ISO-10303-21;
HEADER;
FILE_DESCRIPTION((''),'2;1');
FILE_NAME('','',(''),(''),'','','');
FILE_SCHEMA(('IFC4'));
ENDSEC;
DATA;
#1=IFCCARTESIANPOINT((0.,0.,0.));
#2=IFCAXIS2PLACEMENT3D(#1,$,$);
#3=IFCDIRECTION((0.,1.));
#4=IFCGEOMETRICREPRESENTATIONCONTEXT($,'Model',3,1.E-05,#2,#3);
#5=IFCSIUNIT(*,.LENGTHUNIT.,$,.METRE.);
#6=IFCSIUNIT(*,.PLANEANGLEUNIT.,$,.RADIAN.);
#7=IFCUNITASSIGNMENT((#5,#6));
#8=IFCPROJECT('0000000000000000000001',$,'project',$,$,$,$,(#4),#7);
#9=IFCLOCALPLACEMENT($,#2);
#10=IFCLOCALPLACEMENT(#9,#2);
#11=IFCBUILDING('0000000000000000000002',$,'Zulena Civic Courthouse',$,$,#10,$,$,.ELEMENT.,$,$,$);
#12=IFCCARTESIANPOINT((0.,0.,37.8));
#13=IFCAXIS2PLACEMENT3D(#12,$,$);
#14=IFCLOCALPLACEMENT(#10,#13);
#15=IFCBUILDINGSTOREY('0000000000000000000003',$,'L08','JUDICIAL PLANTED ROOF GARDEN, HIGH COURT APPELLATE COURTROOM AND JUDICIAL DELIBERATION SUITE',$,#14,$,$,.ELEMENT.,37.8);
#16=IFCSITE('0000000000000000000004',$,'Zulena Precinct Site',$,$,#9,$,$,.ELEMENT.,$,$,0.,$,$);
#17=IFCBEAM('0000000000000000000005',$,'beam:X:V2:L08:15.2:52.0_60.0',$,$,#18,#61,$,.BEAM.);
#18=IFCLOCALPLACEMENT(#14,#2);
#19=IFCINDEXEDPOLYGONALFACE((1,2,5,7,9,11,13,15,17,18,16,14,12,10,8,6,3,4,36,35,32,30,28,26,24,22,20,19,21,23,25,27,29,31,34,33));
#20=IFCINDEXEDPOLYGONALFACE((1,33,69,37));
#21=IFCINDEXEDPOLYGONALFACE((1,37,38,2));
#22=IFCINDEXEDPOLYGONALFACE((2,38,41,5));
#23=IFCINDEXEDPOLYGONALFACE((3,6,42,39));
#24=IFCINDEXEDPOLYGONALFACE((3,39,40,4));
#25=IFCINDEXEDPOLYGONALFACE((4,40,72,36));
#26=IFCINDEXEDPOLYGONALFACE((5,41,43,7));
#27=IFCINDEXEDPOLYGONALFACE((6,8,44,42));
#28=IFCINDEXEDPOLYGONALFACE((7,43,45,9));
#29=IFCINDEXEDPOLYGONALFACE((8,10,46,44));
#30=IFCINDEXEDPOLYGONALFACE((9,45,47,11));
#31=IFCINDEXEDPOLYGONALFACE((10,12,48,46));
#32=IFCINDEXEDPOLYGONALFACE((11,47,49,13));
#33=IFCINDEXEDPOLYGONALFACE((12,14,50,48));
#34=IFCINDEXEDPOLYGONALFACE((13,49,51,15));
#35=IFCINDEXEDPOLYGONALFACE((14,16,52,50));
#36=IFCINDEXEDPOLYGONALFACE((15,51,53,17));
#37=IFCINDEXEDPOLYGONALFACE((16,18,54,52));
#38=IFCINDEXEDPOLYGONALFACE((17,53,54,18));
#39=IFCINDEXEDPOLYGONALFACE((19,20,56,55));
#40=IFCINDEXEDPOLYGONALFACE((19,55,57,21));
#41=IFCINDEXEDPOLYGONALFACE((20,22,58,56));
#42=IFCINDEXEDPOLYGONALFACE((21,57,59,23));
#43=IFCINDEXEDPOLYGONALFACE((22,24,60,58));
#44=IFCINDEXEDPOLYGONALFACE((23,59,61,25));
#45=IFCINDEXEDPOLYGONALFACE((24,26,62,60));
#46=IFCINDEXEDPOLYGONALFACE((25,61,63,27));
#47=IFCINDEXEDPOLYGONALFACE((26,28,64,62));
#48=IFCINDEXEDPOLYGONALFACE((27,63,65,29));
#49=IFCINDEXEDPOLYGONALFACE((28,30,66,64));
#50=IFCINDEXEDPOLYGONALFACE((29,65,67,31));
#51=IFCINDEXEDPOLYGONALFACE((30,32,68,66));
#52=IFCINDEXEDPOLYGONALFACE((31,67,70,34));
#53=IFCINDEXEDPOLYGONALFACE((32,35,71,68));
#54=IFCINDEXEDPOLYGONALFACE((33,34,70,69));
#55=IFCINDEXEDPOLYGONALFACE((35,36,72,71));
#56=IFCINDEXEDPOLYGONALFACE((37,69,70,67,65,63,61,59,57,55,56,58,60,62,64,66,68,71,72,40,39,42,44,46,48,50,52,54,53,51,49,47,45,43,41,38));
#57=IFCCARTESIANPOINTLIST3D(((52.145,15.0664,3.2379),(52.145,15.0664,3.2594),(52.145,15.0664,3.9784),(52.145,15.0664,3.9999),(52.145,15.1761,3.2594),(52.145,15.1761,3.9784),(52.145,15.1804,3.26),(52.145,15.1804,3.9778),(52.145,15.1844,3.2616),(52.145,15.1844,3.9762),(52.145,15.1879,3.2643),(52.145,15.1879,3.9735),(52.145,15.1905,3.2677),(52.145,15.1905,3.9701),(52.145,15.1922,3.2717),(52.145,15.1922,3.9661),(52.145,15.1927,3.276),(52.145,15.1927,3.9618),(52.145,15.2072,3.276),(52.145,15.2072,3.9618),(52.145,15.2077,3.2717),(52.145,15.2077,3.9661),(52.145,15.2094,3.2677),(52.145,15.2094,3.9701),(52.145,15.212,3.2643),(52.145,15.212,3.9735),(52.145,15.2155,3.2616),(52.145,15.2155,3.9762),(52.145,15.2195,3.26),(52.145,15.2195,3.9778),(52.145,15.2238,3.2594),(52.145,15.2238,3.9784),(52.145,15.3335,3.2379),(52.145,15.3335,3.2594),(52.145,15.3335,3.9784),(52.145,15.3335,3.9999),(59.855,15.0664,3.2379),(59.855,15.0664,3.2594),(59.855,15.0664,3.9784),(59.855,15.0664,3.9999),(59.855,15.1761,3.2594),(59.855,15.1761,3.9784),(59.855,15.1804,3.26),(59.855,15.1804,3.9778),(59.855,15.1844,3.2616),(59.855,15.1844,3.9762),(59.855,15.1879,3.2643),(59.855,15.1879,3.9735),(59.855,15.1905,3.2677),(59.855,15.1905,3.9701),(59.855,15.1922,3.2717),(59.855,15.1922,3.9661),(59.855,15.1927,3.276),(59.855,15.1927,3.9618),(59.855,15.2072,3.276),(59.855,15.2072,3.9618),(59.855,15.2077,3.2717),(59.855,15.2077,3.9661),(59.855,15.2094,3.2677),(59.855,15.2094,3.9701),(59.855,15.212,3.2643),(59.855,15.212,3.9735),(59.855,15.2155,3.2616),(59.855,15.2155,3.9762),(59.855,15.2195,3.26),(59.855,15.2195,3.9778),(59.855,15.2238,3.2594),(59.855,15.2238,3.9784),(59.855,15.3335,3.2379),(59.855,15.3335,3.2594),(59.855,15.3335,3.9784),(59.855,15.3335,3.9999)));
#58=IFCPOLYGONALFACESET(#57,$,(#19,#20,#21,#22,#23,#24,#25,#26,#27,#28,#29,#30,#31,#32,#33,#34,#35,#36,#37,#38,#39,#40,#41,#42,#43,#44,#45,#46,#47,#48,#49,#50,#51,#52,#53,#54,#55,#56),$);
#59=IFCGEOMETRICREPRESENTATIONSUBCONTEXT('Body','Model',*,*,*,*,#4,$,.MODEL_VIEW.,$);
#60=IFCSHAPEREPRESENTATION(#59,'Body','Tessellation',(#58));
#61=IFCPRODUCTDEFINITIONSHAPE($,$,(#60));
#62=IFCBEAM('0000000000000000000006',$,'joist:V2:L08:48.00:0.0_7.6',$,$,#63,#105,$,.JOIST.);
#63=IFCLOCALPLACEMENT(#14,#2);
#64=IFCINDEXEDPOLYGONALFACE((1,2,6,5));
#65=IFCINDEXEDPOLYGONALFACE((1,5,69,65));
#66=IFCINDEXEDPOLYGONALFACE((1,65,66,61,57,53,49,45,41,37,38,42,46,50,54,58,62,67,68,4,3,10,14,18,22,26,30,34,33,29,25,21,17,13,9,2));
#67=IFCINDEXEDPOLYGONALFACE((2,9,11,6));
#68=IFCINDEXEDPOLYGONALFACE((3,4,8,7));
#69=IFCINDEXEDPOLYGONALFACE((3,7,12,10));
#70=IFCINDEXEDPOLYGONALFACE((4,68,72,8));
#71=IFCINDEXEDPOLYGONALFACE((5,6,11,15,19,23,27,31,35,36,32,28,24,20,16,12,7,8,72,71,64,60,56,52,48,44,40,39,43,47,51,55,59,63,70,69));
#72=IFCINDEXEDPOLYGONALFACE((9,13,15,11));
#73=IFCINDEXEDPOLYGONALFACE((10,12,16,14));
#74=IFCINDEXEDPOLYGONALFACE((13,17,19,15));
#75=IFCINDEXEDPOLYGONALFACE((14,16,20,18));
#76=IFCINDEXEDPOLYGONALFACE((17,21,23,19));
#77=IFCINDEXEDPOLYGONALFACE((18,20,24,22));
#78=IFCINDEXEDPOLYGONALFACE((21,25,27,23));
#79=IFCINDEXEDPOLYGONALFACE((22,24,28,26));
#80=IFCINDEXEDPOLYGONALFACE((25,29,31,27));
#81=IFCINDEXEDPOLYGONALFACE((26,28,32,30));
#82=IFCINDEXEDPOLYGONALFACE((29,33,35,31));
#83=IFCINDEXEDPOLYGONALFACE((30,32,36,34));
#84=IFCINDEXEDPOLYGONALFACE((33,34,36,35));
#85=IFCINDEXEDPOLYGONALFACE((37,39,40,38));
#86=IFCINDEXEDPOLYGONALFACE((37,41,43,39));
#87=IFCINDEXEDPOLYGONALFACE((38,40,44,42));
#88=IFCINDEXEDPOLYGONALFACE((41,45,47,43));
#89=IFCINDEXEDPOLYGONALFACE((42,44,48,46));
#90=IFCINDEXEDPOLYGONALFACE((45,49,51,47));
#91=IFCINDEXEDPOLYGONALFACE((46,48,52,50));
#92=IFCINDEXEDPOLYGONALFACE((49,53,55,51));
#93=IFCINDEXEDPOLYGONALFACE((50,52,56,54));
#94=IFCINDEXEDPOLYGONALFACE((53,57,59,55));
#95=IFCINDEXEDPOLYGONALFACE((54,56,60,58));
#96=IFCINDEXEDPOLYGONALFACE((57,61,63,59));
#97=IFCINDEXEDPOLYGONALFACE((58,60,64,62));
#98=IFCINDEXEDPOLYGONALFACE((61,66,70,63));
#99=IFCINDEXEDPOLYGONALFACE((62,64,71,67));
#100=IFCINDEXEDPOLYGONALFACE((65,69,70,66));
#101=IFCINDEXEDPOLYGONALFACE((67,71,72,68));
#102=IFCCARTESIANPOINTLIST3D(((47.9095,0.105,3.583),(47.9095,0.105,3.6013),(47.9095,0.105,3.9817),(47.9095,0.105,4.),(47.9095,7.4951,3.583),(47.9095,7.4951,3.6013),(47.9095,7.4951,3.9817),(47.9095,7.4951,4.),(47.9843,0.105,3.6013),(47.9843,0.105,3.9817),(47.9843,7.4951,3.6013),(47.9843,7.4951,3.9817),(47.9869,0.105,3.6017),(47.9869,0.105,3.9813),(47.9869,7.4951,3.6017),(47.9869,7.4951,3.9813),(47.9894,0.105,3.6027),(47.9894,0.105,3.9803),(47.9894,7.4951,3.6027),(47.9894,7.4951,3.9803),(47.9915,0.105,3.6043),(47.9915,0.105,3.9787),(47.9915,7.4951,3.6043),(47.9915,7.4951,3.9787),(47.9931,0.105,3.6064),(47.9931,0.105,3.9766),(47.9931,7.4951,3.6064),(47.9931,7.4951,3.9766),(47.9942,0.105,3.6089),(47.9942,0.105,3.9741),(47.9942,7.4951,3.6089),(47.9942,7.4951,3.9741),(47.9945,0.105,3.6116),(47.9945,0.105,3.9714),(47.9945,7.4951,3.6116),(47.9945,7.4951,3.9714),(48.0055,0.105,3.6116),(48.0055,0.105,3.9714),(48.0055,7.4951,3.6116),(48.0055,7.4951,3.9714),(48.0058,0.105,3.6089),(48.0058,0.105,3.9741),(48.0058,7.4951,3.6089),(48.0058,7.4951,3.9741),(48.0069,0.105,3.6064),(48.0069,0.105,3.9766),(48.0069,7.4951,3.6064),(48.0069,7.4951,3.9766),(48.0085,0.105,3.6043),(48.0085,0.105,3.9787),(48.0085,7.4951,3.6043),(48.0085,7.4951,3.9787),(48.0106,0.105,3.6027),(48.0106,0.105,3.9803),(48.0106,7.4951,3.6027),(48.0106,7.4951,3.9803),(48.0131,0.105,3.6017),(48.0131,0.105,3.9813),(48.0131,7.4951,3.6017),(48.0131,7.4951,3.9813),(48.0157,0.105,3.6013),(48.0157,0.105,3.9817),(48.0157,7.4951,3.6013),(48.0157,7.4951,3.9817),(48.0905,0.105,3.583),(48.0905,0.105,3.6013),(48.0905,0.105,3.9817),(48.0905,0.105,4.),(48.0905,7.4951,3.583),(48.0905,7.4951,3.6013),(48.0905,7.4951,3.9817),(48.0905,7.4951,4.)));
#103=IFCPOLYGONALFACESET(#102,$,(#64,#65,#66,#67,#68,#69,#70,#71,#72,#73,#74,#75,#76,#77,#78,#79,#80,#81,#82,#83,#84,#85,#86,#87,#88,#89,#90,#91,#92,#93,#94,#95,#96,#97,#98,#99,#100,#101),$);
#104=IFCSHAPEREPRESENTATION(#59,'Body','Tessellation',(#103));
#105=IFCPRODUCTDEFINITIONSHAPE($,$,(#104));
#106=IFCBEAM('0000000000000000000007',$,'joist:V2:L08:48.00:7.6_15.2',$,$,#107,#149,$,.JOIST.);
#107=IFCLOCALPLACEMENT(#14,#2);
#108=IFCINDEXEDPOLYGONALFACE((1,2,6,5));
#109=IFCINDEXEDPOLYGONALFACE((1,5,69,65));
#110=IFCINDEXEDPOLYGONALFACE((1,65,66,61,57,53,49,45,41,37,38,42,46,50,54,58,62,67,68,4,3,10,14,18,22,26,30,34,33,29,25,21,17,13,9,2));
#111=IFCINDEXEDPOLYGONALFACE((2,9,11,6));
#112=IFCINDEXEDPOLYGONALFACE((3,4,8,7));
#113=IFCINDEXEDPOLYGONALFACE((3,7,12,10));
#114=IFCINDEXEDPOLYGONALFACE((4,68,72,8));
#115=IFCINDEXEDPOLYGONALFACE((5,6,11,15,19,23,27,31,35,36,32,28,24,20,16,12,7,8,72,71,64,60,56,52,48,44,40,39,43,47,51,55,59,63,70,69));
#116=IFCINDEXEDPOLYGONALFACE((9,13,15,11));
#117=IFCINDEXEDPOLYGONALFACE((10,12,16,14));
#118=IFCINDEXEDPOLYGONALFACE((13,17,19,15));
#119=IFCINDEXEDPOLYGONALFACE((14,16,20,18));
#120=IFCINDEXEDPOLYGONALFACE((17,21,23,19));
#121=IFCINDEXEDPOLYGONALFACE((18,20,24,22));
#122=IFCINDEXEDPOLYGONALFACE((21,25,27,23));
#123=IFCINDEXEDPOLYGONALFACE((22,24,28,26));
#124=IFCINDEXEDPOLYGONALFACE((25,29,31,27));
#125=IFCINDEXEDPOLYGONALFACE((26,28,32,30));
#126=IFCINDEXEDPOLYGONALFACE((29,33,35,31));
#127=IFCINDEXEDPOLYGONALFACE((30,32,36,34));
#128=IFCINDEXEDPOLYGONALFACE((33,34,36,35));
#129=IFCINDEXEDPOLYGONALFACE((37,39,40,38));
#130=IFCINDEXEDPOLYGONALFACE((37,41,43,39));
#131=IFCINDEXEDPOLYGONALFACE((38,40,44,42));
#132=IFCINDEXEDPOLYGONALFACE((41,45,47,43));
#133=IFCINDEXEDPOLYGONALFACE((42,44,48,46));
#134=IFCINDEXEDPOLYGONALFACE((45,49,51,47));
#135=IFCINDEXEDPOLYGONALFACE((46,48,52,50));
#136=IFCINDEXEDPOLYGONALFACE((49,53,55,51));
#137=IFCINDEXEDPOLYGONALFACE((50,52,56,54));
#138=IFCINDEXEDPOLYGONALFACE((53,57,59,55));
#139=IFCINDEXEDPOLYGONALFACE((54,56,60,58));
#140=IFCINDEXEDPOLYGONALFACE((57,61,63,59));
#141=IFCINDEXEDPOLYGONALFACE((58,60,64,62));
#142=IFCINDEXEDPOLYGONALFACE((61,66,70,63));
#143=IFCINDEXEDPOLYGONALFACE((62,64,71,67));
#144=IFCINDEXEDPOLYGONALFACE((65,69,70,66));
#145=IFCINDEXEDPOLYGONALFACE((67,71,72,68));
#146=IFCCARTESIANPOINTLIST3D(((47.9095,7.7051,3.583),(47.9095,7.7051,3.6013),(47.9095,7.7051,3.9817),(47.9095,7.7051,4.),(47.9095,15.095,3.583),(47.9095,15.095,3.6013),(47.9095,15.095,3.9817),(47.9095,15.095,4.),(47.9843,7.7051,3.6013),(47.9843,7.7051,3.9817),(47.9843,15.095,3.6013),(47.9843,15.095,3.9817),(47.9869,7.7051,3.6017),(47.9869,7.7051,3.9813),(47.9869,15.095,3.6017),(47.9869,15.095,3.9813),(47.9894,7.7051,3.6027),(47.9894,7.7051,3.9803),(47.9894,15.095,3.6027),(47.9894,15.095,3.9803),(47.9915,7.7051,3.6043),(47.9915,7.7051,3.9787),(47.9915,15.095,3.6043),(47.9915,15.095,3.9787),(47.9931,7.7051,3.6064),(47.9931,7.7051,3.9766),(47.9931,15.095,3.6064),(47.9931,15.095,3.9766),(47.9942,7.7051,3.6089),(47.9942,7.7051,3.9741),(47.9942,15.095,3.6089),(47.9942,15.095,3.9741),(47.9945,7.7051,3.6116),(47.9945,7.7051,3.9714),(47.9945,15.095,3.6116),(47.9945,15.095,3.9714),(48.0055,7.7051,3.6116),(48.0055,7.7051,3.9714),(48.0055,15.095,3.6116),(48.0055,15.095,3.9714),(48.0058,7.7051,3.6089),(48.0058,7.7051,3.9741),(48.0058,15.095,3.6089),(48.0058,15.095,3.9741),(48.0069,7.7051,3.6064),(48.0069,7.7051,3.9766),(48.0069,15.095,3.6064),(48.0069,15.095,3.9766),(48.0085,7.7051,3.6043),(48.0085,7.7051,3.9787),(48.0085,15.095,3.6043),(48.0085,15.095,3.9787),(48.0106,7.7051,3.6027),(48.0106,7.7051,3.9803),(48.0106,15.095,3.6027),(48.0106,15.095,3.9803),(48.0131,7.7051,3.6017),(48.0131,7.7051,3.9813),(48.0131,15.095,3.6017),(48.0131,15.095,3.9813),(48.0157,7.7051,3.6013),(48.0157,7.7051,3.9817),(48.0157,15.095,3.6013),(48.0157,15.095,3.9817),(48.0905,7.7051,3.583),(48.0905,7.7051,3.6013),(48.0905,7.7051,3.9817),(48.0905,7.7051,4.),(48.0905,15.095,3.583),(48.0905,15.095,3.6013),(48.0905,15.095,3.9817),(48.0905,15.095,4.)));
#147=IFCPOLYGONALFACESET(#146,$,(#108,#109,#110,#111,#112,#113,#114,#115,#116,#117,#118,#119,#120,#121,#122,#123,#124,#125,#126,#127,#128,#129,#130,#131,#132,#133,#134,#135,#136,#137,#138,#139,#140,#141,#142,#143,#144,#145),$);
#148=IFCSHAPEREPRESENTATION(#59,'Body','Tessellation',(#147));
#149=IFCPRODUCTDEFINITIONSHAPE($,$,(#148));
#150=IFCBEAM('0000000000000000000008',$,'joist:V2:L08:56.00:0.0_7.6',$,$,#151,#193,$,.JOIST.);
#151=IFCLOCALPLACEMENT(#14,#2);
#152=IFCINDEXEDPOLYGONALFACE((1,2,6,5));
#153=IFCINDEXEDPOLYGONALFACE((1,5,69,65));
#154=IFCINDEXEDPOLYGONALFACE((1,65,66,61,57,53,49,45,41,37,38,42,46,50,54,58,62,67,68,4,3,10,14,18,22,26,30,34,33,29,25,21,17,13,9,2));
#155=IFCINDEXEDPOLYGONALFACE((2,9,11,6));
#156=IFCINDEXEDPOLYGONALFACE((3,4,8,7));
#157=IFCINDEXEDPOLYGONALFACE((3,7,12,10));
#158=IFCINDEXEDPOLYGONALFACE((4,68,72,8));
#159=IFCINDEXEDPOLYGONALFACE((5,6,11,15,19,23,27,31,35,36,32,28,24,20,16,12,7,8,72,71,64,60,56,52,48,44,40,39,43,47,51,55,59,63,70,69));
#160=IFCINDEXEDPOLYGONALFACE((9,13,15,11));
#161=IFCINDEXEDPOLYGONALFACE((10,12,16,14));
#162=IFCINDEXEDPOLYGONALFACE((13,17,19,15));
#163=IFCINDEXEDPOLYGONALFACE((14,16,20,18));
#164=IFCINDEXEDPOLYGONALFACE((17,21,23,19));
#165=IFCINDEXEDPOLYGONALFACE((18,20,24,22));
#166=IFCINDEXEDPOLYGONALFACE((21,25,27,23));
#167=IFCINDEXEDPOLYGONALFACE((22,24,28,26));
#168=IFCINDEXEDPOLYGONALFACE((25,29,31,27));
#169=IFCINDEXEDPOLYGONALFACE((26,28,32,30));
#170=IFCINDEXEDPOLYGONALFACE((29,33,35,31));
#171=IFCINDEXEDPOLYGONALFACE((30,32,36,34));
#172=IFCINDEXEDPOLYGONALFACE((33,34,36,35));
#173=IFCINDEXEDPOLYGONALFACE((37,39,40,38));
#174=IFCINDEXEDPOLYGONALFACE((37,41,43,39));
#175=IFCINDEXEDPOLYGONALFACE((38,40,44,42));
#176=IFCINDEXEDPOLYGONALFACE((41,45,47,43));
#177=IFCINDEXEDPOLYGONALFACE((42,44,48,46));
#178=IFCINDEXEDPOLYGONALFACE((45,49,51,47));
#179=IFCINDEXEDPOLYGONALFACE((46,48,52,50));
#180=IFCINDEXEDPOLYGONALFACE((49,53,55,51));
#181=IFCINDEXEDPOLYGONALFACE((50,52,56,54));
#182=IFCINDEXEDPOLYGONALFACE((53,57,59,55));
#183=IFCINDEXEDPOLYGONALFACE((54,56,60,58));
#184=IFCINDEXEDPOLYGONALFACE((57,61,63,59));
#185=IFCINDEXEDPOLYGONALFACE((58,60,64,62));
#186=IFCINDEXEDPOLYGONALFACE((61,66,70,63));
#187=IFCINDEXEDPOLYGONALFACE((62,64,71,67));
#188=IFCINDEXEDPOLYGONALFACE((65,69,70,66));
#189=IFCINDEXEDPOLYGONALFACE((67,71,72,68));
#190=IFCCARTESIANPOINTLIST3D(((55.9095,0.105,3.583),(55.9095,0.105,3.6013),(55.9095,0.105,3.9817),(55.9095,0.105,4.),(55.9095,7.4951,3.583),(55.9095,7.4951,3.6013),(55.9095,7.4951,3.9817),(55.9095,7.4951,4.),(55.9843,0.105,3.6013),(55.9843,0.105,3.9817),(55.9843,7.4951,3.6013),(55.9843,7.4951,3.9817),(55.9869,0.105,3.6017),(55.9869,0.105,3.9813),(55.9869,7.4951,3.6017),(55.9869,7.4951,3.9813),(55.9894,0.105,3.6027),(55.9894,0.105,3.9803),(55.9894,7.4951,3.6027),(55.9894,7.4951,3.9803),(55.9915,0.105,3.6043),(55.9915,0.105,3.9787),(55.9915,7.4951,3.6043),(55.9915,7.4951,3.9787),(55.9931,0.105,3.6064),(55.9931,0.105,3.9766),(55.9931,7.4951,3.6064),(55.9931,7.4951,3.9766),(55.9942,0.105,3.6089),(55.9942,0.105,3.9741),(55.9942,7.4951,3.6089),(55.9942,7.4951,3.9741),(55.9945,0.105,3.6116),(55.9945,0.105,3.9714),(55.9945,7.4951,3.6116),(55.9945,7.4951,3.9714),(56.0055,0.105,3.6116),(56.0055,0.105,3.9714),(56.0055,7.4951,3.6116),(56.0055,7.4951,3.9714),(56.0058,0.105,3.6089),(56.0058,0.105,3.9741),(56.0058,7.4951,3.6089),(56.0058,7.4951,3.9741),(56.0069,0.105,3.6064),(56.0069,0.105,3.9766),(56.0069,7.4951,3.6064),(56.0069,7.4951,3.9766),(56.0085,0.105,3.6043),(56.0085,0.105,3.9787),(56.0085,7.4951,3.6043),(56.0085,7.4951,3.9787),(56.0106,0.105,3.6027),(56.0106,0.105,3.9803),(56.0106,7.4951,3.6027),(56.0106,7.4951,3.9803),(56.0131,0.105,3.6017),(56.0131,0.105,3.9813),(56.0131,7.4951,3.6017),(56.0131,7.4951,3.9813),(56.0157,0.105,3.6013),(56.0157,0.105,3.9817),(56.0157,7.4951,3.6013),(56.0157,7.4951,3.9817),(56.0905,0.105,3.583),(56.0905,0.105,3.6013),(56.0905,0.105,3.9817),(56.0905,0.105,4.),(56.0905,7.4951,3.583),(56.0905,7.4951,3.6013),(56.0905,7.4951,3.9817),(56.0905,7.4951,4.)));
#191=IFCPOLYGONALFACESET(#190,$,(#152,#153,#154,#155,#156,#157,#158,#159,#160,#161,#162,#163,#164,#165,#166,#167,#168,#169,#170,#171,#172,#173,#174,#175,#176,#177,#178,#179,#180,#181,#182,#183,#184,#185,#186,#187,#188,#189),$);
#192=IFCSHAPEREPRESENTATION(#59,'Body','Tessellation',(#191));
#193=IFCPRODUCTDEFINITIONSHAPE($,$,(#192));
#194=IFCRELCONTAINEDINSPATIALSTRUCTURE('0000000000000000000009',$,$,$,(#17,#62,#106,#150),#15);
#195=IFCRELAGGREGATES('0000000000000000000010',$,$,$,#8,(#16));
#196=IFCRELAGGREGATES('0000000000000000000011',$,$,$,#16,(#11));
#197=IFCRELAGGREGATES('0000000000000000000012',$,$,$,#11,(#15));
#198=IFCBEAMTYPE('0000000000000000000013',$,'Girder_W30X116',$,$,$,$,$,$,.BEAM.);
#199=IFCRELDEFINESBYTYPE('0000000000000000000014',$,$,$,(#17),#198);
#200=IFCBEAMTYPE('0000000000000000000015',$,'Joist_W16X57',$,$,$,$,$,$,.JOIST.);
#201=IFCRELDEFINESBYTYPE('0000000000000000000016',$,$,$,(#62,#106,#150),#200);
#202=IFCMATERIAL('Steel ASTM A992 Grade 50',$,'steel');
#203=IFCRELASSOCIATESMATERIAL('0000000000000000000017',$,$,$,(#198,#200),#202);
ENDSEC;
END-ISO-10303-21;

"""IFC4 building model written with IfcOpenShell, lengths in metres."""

from ifc_helpers import new_model, si_unit, direction, frame, origin, origin_2d, place, context, subcontext, project, spatial, i_section, extrude, material, material_profile, profile_set, type_object, element, save


model = new_model("IFC4")

# Units and contexts
model_context = context("Model", 3, precision=1e-05, world=origin(), true_north=direction((0.0, 1.0)))
body_context = subcontext(model_context, "Body", "Model", "MODEL_VIEW")
ifc_project = project(units=[si_unit("LENGTHUNIT", "METRE"), si_unit("PLANEANGLEUNIT", "RADIAN")], contexts=[model_context])

# Site, building, storey
site_placement = place(None, origin())
site = spatial("IfcSite", under=ifc_project, at=site_placement, Name="Zulena Precinct Site", CompositionType="ELEMENT", RefElevation=0.0)
building_placement = place(site_placement, origin())
building = spatial("IfcBuilding", under=site, at=building_placement, Name="Zulena Civic Courthouse", CompositionType="ELEMENT")
storey_placement = place(building_placement, frame((0.0, 0.0, 37.8)))
storey = spatial("IfcBuildingStorey", under=building, at=storey_placement, Name="L08", Description="JUDICIAL PLANTED ROOF GARDEN, HIGH COURT APPELLATE COURTROOM AND JUDICIAL DELIBERATION SUITE", CompositionType="ELEMENT", Elevation=37.8)

# Shared definitions
ifc_material_1 = material(Name="Steel ASTM A992 Grade 50", Category="steel")

# Beams
ifc_material_profile_1 = material_profile(ifc_material_1, i_section(OverallWidth=0.2671, OverallDepth=0.762, WebThickness=0.0144, FlangeThickness=0.0215, FilletRadius=0.0166, at=origin_2d()), Name="W30X116")
ifc_profile_set_1 = profile_set([ifc_material_profile_1], Name="Steel ASTM A992 Grade 50")
beam_type_1 = type_object("IfcBeamType", Name="Girder_W30X116", PredefinedType="BEAM", material=ifc_profile_set_1)
for number, where, z_axis, x_axis, name in (
    (1, (52.145, 15.2, 3.6189), (1.0, 0.0, 0.0), (0.0, 1.0, 0.0), "beam:X:V2:L08:15.2:52.0_60.0"),
):
    element("IfcBeam", number, at=place(storey_placement, frame(where, z_axis=z_axis, x_axis=x_axis)), inside=storey, type_object=beam_type_1, Name=name, PredefinedType="BEAM", context=body_context, shape_type="SweptSolid", body=[
        extrude(i_section(OverallWidth=0.2671, OverallDepth=0.762, WebThickness=0.0144, FlangeThickness=0.0215, FilletRadius=0.0166, at=origin_2d()), origin(), (0.0, 0.0, 1.0), 7.71),
    ])
ifc_material_profile_2 = material_profile(ifc_material_1, i_section(OverallWidth=0.1809, OverallDepth=0.417, WebThickness=0.011, FlangeThickness=0.0183, FilletRadius=0.0103, at=origin_2d()), Name="W16X57")
ifc_profile_set_2 = profile_set([ifc_material_profile_2], Name="Steel ASTM A992 Grade 50")
beam_type_2 = type_object("IfcBeamType", Name="Joist_W16X57", PredefinedType="JOIST", material=ifc_profile_set_2)
beam_1_placement = place(storey_placement, frame((48.0, 0.105, 3.7915), z_axis=(0.0, 1.0, 0.0), x_axis=(-1.0, 0.0, 0.0)))
element("IfcBeam", 2, at=beam_1_placement, inside=storey, type_object=beam_type_2, Name="joist:V2:L08:48.00:0.0_7.6", PredefinedType="JOIST", context=body_context, shape_type="SweptSolid", body=[
    extrude(i_section(OverallWidth=0.1809, OverallDepth=0.417, WebThickness=0.011, FlangeThickness=0.0183, FilletRadius=0.0103, at=origin_2d()), origin(), (0.0, 0.0, 1.0), 7.3901),
])
beam_2_placement = place(storey_placement, frame((48.0, 7.7051, 3.7915), z_axis=(0.0, 1.0, 0.0), x_axis=(-1.0, 0.0, 0.0)))
element("IfcBeam", 3, at=beam_2_placement, inside=storey, type_object=beam_type_2, Name="joist:V2:L08:48.00:7.6_15.2", PredefinedType="JOIST", context=body_context, shape_type="SweptSolid", body=[
    extrude(i_section(OverallWidth=0.1809, OverallDepth=0.417, WebThickness=0.011, FlangeThickness=0.0183, FilletRadius=0.0103, at=origin_2d()), origin(), (0.0, 0.0, 1.0), 7.3899),
])
beam_3_placement = place(storey_placement, frame((56.0, 0.105, 3.7915), z_axis=(0.0, 1.0, 0.0), x_axis=(-1.0, 0.0, 0.0)))
element("IfcBeam", 4, at=beam_3_placement, inside=storey, type_object=beam_type_2, Name="joist:V2:L08:56.00:0.0_7.6", PredefinedType="JOIST", context=body_context, shape_type="SweptSolid", body=[
    extrude(i_section(OverallWidth=0.1809, OverallDepth=0.417, WebThickness=0.011, FlangeThickness=0.0183, FilletRadius=0.0103, at=origin_2d()), origin(), (0.0, 0.0, 1.0), 7.3901),
])

save(model, "model.ifc")
